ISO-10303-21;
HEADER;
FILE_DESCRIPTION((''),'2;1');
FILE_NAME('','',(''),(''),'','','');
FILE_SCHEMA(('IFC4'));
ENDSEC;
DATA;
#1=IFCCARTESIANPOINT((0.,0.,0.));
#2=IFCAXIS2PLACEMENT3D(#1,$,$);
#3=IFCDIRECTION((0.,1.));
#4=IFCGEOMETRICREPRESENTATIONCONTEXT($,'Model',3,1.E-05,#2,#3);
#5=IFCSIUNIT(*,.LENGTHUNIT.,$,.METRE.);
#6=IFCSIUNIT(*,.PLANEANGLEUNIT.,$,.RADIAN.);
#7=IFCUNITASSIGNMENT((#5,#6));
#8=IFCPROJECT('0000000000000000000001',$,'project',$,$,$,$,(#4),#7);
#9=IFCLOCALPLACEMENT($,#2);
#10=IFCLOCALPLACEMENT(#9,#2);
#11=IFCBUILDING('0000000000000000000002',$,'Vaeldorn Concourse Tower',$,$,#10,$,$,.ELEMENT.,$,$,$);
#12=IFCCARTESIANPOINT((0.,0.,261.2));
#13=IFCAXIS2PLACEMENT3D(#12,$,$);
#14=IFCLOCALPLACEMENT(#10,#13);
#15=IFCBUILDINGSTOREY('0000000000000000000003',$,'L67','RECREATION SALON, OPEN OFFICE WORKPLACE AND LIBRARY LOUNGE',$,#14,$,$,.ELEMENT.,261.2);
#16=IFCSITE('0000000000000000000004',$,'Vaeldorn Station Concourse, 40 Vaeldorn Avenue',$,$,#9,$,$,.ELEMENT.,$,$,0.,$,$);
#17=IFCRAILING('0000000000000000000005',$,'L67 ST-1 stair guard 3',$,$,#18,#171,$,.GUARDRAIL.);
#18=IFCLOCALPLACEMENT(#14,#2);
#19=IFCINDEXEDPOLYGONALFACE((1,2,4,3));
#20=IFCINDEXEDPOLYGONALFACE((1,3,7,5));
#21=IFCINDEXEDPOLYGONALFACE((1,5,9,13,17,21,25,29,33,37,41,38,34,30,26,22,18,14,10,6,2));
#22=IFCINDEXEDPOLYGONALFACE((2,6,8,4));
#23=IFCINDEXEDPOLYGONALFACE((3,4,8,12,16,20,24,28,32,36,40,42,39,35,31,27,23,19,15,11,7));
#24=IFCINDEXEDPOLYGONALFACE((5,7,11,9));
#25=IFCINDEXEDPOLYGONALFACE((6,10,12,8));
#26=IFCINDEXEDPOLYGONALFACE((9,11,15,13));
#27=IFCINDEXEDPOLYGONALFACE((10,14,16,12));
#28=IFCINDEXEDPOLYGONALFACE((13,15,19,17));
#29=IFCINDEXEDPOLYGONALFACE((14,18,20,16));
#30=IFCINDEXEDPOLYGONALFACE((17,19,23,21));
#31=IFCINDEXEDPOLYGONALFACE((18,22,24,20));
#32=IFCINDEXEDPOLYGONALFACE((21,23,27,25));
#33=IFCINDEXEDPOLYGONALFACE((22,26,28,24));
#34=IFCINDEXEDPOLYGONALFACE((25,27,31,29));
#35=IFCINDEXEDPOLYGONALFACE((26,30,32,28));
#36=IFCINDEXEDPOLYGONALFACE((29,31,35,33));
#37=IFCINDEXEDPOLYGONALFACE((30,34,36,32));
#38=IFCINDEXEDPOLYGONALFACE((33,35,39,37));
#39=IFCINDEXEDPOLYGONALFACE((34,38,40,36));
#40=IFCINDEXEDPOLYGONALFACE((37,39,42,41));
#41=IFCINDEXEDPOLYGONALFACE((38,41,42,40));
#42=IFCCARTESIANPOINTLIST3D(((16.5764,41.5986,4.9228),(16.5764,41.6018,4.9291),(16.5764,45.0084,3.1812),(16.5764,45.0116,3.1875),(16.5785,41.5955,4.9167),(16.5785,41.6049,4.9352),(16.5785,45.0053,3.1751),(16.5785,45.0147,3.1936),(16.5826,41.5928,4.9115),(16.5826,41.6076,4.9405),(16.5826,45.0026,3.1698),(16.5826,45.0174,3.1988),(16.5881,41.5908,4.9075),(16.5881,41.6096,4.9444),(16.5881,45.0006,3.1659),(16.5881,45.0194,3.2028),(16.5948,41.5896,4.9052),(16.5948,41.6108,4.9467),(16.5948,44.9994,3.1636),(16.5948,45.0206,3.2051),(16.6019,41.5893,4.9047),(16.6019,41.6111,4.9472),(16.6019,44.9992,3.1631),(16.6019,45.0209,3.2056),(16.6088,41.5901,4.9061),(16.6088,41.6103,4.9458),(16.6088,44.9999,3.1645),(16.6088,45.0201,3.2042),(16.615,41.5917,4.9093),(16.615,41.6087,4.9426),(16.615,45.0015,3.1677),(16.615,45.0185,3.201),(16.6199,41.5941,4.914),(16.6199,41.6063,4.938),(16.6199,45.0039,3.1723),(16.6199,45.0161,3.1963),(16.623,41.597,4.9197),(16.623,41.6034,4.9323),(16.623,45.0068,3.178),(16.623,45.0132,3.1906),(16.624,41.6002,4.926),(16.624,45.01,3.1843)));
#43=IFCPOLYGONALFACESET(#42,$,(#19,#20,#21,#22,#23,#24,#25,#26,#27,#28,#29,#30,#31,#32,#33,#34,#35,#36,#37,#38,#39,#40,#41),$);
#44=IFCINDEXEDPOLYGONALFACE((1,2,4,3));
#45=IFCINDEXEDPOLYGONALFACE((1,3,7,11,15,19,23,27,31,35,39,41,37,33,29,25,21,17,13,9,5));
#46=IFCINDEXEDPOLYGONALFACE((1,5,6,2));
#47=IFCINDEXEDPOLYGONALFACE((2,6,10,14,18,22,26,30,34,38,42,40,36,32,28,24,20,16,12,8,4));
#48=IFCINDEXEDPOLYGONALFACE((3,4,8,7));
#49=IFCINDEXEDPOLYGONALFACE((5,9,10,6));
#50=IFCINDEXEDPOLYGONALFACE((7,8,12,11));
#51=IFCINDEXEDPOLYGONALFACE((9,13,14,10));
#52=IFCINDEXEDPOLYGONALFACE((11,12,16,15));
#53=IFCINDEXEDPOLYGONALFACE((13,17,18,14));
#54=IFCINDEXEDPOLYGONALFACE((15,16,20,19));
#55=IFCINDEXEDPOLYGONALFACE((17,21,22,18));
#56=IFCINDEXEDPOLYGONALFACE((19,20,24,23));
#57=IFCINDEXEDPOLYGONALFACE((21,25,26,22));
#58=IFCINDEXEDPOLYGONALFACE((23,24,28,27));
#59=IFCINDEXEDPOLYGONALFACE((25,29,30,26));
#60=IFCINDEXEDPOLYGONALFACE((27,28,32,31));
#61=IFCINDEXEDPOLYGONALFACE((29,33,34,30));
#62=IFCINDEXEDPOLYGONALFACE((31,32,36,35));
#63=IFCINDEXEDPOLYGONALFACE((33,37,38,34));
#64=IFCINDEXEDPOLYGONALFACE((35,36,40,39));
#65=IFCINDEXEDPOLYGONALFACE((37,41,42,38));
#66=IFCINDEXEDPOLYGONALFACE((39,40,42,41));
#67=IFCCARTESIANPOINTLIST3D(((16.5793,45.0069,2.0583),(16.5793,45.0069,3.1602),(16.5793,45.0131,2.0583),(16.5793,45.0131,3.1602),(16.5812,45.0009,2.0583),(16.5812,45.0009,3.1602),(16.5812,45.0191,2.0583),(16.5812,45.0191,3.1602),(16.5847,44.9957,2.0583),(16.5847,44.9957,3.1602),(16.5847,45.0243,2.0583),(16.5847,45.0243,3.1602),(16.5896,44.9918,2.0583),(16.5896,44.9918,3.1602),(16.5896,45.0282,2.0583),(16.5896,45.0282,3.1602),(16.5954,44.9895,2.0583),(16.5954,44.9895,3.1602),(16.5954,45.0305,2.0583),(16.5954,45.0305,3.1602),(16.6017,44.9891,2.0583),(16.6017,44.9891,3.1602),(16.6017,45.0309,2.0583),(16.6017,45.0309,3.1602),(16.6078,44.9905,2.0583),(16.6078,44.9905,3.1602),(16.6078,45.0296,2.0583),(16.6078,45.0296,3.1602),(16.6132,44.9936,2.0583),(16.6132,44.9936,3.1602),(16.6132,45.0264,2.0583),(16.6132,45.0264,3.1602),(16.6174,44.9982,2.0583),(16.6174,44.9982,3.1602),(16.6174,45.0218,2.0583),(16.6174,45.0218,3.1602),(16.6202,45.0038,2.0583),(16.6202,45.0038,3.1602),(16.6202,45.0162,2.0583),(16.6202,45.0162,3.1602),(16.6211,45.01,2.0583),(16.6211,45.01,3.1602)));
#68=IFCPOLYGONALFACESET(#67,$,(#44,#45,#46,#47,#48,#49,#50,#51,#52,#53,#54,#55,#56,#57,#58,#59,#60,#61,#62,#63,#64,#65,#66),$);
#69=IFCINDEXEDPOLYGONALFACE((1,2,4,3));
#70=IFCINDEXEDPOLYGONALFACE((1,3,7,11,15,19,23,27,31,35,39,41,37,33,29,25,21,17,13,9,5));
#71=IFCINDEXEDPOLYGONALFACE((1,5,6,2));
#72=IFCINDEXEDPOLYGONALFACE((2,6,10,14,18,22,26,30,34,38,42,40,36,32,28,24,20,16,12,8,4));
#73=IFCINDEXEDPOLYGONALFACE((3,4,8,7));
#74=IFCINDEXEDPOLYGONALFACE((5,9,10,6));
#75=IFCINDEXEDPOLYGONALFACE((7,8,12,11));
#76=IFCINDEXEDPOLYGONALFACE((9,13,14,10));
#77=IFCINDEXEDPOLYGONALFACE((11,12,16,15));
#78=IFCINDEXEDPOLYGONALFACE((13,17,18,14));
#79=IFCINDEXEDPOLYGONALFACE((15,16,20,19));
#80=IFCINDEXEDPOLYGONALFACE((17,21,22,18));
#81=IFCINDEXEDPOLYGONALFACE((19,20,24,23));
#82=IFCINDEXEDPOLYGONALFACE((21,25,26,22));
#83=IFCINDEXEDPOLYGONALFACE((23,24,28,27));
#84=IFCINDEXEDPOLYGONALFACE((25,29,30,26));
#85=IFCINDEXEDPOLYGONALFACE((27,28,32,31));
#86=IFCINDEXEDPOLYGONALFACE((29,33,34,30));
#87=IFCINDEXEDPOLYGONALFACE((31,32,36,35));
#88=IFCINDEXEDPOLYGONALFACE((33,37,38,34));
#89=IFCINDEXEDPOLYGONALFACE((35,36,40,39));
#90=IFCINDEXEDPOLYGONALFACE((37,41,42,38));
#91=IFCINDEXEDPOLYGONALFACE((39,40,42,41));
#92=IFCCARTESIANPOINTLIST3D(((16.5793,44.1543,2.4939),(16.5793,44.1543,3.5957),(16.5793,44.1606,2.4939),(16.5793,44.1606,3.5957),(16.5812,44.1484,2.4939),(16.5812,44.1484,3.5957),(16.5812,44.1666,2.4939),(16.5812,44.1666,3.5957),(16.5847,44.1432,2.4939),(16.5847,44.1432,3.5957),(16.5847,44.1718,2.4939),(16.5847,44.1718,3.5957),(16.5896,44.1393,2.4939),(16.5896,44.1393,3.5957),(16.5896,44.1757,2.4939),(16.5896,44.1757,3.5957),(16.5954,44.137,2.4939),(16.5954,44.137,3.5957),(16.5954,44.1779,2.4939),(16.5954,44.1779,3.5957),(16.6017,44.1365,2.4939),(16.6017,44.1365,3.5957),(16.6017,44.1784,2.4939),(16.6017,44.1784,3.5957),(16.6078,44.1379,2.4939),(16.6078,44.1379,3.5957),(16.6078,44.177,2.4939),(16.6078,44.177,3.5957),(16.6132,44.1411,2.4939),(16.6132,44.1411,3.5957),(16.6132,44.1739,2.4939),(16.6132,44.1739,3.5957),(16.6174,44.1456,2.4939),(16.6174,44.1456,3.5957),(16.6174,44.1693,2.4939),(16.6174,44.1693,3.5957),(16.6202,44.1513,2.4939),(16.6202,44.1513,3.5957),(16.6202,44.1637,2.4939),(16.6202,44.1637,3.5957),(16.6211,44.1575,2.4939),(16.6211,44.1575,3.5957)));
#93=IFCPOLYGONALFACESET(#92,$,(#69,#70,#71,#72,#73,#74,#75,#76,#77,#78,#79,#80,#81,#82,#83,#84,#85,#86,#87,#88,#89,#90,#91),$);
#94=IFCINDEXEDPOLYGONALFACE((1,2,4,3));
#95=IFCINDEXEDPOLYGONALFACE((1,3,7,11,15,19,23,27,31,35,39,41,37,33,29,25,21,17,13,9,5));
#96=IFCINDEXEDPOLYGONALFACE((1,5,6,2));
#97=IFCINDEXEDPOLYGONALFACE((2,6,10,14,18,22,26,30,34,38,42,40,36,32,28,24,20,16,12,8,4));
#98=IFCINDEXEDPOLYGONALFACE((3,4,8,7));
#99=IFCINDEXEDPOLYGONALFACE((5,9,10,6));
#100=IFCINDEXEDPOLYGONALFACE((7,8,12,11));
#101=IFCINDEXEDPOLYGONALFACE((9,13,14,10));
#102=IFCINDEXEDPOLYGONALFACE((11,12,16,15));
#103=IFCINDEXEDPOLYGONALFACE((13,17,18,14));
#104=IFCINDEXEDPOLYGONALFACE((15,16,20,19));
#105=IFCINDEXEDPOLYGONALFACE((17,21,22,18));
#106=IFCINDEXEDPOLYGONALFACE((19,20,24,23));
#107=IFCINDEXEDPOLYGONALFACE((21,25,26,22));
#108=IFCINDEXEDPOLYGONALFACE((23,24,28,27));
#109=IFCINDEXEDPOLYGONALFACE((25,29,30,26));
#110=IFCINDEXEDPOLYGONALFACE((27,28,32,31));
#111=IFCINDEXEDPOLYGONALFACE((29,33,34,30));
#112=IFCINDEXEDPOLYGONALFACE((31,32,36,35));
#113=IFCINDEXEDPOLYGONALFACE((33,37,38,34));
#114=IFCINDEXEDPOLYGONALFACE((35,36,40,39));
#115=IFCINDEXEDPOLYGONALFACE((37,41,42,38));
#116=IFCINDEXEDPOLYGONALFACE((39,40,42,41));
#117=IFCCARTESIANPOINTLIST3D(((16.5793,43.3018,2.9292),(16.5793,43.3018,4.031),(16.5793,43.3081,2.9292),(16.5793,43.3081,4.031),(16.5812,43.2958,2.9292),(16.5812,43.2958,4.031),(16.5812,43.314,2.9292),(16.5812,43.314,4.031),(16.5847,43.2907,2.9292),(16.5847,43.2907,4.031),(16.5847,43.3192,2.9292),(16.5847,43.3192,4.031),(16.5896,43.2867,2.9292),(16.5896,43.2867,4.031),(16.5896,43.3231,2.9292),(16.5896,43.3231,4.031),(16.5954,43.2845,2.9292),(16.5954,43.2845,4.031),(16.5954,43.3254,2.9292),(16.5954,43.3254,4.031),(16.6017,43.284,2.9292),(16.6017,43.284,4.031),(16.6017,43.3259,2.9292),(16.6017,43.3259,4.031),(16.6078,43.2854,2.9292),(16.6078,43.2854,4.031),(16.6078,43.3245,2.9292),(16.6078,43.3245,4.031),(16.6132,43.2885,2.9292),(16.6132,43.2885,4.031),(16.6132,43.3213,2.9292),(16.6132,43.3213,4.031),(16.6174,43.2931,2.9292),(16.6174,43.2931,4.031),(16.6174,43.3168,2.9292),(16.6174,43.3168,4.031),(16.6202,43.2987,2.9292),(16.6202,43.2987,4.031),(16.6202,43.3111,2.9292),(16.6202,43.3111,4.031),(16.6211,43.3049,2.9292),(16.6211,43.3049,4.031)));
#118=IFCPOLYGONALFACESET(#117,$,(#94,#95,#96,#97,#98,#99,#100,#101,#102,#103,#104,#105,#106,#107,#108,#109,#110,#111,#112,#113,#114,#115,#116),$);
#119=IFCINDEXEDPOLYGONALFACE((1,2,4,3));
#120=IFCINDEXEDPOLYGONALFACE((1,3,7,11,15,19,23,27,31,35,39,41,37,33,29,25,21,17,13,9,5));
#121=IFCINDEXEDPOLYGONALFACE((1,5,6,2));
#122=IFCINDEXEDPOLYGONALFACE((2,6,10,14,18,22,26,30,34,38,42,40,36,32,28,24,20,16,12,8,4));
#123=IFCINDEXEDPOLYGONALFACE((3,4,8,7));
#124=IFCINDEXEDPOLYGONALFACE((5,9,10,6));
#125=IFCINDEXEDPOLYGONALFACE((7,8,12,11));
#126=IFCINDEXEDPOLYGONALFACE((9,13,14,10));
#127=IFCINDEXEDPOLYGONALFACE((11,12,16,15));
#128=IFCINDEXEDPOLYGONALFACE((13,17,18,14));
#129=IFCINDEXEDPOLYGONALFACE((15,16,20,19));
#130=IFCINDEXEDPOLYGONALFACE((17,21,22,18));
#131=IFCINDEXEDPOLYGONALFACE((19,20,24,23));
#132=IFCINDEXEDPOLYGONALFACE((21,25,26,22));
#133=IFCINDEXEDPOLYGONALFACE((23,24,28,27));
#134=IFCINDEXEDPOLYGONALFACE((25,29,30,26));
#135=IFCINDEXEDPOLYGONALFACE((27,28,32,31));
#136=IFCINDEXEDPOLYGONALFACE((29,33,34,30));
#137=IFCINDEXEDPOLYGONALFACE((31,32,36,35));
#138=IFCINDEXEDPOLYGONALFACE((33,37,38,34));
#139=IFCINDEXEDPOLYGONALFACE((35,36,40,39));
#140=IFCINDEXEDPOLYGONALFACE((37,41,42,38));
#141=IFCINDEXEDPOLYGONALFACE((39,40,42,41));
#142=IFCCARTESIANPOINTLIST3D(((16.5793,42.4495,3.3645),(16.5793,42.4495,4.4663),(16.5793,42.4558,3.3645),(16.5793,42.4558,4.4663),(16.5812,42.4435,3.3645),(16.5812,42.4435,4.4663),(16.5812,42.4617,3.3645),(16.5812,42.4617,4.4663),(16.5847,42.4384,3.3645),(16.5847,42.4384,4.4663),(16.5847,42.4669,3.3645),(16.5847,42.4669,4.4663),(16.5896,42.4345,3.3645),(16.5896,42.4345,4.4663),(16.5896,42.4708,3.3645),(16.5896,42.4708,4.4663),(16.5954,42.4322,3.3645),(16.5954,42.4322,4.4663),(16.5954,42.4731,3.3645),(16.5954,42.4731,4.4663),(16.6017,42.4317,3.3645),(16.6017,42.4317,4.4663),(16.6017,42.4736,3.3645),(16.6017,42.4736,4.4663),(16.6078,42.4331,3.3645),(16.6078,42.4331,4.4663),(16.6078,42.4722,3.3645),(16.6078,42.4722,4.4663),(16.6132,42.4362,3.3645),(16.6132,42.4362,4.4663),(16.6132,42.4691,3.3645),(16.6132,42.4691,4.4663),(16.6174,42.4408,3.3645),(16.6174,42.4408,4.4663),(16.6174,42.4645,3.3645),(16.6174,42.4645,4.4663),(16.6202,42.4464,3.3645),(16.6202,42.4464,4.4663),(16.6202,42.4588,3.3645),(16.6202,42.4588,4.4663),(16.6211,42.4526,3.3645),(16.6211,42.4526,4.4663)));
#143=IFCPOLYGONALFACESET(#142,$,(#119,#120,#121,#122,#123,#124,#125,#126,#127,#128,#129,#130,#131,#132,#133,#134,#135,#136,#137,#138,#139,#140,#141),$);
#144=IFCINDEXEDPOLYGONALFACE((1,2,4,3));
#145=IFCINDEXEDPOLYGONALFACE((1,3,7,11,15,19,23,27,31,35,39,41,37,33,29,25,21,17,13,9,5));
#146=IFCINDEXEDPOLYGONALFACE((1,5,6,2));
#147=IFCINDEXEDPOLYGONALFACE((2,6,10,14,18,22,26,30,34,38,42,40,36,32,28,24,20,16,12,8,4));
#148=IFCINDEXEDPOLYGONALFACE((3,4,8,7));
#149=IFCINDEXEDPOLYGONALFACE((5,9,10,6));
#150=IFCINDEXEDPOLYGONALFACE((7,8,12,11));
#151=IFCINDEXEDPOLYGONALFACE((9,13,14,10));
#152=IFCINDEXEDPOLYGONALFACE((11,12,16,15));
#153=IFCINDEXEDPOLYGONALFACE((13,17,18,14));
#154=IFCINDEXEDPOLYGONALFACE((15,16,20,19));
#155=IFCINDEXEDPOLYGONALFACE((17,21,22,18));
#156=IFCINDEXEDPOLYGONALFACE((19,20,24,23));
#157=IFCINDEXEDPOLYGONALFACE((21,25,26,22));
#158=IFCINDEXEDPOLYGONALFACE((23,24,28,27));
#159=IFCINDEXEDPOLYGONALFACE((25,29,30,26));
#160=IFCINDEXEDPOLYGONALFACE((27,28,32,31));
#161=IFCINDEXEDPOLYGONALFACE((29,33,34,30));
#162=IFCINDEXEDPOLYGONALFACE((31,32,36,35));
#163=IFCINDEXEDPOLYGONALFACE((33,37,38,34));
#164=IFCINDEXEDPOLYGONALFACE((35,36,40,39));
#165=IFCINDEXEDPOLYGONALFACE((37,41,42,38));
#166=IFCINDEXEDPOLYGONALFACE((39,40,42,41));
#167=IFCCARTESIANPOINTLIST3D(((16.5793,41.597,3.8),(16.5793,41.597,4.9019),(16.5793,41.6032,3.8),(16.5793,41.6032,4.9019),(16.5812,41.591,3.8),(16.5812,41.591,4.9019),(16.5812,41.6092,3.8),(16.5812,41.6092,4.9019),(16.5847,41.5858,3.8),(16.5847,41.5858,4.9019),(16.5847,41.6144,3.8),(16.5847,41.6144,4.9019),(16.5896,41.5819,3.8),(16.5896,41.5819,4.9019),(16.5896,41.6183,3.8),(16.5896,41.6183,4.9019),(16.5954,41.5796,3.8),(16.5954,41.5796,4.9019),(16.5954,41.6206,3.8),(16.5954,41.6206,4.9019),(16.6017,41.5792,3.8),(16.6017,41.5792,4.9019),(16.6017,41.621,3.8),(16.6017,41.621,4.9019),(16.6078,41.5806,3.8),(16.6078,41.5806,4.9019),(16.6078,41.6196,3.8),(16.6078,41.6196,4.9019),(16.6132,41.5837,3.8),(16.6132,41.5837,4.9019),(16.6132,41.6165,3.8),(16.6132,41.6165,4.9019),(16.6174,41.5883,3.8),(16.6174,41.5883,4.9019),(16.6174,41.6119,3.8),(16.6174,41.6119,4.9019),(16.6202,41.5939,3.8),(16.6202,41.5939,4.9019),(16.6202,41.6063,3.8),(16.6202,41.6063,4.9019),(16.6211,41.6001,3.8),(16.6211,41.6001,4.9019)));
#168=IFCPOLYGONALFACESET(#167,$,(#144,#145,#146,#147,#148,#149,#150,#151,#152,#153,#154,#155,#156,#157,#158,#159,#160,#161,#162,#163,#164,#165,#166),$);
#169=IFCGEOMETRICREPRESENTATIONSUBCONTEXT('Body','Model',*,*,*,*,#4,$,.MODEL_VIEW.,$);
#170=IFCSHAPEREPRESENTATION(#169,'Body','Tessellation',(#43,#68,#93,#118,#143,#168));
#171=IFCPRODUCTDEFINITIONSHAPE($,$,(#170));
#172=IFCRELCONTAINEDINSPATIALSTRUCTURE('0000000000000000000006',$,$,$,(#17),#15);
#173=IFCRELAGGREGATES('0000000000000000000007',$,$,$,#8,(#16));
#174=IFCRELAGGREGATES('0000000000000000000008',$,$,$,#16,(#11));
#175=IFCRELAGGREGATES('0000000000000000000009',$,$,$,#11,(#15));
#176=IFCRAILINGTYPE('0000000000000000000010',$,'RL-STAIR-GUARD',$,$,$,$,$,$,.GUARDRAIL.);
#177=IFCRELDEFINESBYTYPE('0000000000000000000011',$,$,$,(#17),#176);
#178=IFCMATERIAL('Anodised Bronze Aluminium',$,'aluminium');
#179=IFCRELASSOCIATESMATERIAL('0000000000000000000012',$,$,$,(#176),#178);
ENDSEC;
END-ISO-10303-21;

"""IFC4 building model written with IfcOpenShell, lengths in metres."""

from ifc_helpers import new_model, si_unit, direction, frame, origin, origin_2d, place, context, subcontext, project, spatial, circle, extrude, material, type_object, element, save


model = new_model("IFC4")

# Units and contexts
model_context = context("Model", 3, precision=1e-05, world=origin(), true_north=direction((0.0, 1.0)))
body_context = subcontext(model_context, "Body", "Model", "MODEL_VIEW")
ifc_project = project(units=[si_unit("LENGTHUNIT", "METRE"), si_unit("PLANEANGLEUNIT", "RADIAN")], contexts=[model_context])

# Site, building, storey
site_placement = place(None, origin())
site = spatial("IfcSite", under=ifc_project, at=site_placement, Name="Vaeldorn Station Concourse, 40 Vaeldorn Avenue", CompositionType="ELEMENT", RefElevation=0.0)
building_placement = place(site_placement, origin())
building = spatial("IfcBuilding", under=site, at=building_placement, Name="Vaeldorn Concourse Tower", CompositionType="ELEMENT")
storey_placement = place(building_placement, frame((0.0, 0.0, 261.2)))
storey = spatial("IfcBuildingStorey", under=building, at=storey_placement, Name="L67", Description="RECREATION SALON, OPEN OFFICE WORKPLACE AND LIBRARY LOUNGE", CompositionType="ELEMENT", Elevation=261.2)

# Shared definitions
ifc_material_1 = material(Name="Anodised Bronze Aluminium", Category="aluminium")

# Railing
railing_type_1 = type_object("IfcRailingType", Name="RL-STAIR-GUARD", PredefinedType="GUARDRAIL", material=ifc_material_1)
railing_1_placement = place(storey_placement, frame((16.6001, 45.01, 2.0583)))
element("IfcRailing", 1, at=railing_1_placement, inside=storey, type_object=railing_type_1, Name="L67 ST-1 stair guard 3", PredefinedType="GUARDRAIL", context=body_context, shape_type="SweptSolid", body=[
    extrude(circle(Radius=0.0239, at=origin_2d()), frame((0.0, 0.0, 1.126), z_axis=(0.0, -0.890556, 0.454874), x_axis=(1.0, 0.0, 0.0)), (0.0, 0.0, 1.0), 3.8289),
    extrude(circle(Radius=0.021, at=origin_2d()), origin(), (0.0, 0.0, 1.0), 1.1018),
    extrude(circle(Radius=0.021, at=origin_2d()), frame((0.0, -0.8525, 0.4355)), (0.0, 0.0, 1.0), 1.1018),
    extrude(circle(Radius=0.021, at=origin_2d()), frame((0.0, -1.7051, 0.8708)), (0.0, 0.0, 1.0), 1.1018),
    extrude(circle(Radius=0.021, at=origin_2d()), frame((0.0, -2.5574, 1.3062)), (0.0, 0.0, 1.0), 1.1018),
    extrude(circle(Radius=0.021, at=origin_2d()), frame((0.0, -3.4099, 1.7417)), (0.0, 0.0, 1.0), 1.1018),
])

save(model, "model.ifc")
